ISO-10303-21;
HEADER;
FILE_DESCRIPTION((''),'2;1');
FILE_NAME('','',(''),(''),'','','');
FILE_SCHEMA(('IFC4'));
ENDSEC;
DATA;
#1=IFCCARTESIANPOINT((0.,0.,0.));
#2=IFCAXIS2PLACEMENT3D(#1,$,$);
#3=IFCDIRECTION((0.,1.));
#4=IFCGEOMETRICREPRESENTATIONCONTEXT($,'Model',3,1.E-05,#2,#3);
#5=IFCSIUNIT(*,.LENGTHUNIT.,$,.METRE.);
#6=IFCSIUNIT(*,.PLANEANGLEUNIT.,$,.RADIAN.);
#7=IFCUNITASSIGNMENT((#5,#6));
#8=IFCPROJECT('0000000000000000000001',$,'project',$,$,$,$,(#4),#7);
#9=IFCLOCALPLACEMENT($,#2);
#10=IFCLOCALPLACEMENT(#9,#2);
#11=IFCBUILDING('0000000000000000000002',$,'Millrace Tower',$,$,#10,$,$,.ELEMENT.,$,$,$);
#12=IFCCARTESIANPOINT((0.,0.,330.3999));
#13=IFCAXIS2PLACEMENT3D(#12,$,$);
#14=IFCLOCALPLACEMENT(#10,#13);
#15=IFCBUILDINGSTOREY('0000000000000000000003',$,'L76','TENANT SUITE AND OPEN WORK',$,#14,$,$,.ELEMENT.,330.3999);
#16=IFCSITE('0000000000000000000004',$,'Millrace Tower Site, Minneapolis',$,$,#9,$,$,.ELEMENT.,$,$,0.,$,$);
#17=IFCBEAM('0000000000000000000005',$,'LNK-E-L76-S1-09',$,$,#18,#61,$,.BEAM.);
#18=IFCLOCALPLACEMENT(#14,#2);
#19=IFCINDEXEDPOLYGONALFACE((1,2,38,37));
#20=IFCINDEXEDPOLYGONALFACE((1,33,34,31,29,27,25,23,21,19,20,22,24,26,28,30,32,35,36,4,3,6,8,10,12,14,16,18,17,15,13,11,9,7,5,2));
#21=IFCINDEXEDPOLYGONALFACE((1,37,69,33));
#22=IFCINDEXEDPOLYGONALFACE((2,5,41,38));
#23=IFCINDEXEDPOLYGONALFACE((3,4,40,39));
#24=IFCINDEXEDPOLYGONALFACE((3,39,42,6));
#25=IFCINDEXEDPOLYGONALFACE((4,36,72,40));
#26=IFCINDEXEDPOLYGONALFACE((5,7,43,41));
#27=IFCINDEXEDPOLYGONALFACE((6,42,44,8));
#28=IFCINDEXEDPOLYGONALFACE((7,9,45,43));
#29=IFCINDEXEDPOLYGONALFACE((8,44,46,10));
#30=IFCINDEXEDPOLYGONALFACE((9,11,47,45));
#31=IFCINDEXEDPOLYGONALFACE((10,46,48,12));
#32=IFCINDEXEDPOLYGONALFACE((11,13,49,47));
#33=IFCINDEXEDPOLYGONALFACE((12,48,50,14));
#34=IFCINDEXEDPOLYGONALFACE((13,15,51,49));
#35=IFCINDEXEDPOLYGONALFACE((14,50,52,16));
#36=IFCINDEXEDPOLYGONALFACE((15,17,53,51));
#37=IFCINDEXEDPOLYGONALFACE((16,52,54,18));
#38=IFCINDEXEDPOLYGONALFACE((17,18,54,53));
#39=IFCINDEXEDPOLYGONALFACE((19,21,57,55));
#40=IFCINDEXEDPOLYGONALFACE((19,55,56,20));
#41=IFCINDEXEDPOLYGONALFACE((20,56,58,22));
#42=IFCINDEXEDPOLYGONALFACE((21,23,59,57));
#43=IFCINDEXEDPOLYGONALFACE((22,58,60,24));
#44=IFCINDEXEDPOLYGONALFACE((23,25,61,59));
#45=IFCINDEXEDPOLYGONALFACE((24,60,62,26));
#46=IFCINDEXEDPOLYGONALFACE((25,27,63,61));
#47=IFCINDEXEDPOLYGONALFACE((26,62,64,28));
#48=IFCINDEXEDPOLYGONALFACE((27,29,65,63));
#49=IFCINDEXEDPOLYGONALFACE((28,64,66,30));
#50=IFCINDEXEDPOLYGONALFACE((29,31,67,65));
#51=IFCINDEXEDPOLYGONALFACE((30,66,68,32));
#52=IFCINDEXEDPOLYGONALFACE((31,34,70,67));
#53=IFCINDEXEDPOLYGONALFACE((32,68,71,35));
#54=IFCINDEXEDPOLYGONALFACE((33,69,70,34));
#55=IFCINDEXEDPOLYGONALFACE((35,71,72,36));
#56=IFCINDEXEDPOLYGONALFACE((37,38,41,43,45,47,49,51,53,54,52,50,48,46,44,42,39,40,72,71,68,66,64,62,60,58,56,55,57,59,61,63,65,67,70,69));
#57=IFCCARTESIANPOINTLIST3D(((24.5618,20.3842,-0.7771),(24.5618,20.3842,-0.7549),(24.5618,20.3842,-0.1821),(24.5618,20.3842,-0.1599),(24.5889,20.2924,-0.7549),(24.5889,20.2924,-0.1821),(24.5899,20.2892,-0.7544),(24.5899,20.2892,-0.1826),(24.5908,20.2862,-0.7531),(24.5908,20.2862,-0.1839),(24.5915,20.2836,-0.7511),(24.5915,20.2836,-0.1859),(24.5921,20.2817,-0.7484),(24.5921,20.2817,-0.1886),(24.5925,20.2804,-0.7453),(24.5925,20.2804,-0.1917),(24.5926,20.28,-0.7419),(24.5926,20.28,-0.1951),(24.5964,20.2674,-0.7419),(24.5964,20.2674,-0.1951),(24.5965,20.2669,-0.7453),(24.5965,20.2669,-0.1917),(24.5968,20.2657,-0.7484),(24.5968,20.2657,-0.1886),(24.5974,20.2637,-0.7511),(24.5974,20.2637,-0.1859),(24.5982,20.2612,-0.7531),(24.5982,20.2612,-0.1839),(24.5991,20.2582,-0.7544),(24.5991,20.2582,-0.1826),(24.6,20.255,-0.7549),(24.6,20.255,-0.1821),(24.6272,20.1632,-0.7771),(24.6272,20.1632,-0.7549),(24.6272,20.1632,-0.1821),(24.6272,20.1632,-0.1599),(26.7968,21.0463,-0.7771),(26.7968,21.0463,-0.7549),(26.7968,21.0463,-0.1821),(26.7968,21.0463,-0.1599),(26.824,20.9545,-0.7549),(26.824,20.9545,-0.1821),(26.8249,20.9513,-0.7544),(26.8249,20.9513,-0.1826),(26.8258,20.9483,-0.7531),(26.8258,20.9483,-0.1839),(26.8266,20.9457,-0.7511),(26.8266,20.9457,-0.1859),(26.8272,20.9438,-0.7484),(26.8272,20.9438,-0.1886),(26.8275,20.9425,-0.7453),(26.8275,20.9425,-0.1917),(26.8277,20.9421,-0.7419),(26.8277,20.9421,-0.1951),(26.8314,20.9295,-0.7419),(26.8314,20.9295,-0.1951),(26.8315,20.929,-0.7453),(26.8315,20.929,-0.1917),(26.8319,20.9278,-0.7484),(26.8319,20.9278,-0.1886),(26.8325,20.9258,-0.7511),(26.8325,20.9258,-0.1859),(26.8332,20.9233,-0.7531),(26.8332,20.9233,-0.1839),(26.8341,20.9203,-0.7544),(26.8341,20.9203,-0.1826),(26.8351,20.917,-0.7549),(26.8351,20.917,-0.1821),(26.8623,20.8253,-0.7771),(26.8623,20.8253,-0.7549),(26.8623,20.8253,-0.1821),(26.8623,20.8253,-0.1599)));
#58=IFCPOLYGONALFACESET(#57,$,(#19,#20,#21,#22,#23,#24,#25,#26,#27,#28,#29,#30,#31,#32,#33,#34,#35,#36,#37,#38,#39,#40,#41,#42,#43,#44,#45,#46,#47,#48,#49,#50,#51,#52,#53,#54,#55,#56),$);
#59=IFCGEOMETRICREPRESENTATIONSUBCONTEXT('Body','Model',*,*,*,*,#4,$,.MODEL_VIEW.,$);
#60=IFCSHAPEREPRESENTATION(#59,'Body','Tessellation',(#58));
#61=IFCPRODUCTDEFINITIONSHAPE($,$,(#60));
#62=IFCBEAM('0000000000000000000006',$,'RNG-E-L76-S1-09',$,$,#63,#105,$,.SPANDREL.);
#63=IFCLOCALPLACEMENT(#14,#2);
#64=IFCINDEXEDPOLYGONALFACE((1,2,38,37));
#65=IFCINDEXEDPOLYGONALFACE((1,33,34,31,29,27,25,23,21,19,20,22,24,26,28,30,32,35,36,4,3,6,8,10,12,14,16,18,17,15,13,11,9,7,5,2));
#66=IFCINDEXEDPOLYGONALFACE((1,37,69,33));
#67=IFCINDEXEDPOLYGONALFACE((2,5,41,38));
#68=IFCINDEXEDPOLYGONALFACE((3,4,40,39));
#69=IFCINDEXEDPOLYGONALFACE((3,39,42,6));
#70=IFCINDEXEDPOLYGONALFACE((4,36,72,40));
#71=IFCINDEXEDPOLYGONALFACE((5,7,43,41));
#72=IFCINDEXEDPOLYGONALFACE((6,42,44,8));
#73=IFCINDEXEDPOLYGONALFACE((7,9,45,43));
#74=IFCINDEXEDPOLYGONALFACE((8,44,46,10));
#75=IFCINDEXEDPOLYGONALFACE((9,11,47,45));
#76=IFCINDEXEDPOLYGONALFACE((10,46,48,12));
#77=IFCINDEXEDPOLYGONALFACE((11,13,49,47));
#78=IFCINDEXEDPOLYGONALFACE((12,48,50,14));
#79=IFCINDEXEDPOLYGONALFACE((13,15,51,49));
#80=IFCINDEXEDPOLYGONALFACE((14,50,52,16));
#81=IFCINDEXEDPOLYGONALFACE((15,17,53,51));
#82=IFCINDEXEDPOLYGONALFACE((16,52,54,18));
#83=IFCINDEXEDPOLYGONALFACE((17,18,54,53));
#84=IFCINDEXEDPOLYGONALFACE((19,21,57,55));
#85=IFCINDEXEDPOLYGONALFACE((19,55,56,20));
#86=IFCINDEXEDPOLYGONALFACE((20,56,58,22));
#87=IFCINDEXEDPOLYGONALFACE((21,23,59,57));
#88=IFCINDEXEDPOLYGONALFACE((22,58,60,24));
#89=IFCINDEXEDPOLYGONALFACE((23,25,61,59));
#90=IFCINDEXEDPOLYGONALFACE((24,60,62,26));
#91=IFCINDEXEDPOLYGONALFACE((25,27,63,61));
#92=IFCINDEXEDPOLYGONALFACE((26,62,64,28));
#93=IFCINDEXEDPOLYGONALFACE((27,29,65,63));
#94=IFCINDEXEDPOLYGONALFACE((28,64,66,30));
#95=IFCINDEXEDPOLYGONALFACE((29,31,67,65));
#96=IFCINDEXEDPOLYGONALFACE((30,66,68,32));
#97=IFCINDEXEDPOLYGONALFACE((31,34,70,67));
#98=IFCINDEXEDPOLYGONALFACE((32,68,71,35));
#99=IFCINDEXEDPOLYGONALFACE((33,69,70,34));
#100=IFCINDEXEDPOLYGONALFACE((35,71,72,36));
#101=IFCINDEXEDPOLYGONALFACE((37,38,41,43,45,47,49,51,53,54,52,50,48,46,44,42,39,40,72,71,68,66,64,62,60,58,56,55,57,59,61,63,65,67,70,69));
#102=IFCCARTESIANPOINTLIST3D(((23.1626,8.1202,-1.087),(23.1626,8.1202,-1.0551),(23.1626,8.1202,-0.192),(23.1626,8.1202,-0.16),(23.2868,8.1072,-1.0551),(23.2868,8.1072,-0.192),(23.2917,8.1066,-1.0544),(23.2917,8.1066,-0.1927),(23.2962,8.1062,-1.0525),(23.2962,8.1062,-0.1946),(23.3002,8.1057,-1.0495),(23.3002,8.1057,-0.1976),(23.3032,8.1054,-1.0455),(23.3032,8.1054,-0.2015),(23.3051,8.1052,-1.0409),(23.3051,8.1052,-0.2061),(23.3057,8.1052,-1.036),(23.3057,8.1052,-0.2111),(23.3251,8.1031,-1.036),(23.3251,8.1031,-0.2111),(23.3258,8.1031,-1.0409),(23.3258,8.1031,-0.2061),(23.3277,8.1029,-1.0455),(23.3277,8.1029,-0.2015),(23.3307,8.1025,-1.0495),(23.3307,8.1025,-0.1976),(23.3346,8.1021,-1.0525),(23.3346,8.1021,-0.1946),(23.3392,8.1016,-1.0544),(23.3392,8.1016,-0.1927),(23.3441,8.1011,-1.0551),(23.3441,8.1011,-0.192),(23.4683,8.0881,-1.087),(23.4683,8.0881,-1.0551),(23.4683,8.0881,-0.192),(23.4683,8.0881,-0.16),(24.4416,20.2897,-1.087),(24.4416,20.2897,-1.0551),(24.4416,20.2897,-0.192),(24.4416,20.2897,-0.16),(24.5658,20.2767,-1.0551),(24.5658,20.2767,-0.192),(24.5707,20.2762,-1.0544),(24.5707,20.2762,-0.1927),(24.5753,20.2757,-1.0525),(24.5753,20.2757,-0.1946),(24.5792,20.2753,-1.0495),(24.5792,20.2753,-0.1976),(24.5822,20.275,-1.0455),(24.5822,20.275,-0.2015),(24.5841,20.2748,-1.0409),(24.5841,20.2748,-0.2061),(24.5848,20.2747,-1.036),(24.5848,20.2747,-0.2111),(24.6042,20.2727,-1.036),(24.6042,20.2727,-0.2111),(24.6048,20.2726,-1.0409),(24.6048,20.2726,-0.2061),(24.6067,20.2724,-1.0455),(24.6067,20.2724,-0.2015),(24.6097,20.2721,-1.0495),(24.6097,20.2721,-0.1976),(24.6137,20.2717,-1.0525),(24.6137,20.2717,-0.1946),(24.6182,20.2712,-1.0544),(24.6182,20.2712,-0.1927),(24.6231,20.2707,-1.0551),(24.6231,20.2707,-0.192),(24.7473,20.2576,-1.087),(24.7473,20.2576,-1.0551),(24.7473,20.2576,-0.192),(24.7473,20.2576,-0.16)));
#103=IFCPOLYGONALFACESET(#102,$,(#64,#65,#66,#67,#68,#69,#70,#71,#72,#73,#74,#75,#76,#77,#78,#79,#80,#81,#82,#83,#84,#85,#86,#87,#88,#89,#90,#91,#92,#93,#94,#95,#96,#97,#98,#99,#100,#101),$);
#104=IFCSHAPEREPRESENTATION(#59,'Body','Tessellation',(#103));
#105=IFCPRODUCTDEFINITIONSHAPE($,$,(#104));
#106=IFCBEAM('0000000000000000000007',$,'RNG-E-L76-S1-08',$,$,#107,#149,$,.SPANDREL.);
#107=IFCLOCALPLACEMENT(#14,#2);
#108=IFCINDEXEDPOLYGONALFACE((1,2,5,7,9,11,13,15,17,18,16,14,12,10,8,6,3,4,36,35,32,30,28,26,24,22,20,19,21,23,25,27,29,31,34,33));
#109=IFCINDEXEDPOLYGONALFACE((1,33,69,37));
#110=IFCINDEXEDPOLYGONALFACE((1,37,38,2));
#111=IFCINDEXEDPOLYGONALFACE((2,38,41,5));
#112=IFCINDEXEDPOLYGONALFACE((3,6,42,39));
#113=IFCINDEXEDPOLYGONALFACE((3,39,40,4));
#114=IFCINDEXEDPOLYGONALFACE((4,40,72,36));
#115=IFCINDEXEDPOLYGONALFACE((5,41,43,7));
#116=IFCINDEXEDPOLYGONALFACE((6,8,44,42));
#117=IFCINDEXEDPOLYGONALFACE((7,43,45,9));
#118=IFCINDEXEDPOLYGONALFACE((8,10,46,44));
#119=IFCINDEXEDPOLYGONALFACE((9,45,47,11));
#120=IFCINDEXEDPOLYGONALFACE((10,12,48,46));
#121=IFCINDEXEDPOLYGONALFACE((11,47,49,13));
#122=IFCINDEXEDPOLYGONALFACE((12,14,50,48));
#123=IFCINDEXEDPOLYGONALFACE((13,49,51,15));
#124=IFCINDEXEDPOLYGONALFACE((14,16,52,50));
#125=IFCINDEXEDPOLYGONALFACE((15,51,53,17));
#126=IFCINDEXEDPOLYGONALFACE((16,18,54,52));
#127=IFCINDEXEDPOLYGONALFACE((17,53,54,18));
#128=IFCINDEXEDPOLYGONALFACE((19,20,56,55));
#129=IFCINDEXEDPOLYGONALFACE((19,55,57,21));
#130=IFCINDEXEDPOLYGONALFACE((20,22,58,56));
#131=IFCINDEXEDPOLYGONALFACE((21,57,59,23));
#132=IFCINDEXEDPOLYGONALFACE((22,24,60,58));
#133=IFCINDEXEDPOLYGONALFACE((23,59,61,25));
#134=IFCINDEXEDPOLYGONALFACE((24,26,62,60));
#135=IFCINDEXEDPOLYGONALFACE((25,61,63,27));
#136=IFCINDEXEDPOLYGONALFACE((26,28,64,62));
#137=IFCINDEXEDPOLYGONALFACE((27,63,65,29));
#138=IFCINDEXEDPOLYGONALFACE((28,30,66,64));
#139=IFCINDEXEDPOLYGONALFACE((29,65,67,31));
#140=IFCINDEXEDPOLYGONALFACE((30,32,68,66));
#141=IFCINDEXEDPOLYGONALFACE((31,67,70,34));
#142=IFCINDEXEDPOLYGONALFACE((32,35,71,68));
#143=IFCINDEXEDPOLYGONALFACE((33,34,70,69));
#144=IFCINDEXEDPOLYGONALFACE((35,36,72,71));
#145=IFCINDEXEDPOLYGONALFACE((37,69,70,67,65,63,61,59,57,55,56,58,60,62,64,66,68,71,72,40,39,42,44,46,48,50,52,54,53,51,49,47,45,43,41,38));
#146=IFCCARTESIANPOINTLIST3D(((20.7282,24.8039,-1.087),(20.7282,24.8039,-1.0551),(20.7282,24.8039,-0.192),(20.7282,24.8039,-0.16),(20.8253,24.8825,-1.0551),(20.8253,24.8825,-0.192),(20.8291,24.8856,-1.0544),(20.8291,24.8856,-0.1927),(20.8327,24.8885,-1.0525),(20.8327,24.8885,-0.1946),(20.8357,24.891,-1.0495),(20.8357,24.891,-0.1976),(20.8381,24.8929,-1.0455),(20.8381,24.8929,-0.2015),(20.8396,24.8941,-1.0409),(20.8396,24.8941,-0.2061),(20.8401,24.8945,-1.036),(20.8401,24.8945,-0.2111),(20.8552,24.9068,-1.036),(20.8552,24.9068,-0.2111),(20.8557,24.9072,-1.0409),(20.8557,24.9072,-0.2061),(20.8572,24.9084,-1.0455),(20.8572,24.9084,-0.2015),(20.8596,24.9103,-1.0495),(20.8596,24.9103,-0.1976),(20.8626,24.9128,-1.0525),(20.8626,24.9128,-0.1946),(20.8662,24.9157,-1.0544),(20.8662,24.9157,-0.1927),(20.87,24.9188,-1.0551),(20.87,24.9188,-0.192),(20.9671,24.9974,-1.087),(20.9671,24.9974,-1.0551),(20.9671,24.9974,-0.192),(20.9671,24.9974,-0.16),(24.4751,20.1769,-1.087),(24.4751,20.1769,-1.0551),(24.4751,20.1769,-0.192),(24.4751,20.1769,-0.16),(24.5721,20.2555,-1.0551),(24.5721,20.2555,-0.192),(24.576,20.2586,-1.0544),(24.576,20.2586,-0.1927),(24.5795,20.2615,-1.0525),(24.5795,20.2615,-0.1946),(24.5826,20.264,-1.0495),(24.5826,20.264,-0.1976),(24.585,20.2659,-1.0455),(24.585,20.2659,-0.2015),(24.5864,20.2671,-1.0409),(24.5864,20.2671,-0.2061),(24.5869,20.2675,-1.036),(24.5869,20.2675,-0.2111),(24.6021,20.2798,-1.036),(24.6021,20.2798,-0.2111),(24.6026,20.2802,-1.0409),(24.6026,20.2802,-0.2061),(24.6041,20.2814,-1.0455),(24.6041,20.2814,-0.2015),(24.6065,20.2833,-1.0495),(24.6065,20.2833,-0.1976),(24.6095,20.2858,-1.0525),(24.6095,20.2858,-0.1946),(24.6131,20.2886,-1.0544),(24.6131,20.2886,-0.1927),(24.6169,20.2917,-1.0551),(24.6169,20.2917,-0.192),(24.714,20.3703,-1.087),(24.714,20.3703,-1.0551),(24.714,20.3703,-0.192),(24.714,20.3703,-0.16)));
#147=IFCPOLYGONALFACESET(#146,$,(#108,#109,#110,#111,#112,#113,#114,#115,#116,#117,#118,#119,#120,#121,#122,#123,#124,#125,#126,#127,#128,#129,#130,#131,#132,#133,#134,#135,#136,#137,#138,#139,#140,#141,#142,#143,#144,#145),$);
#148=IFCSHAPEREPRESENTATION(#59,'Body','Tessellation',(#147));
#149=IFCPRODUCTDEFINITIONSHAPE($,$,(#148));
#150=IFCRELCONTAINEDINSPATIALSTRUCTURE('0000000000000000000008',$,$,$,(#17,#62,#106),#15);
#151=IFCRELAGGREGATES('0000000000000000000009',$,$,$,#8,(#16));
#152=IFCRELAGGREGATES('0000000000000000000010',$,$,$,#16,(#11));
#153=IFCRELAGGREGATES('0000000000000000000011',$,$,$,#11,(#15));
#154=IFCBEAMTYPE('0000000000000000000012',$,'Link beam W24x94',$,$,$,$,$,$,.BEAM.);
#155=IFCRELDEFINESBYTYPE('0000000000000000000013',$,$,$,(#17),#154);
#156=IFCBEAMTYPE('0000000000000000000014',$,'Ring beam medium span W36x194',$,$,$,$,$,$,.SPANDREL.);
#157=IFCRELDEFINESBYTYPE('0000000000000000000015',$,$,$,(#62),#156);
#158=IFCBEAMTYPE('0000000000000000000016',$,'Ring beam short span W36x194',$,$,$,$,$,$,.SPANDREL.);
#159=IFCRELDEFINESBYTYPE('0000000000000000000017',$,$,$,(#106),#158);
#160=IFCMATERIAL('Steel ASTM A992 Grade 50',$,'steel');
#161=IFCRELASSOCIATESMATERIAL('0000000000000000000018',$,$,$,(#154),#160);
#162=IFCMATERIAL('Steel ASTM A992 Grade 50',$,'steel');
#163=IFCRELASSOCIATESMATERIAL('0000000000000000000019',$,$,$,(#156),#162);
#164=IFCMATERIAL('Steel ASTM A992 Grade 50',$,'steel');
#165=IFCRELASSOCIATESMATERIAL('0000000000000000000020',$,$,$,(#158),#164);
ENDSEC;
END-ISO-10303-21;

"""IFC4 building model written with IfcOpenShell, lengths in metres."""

from ifc_helpers import new_model, si_unit, direction, frame, origin, origin_2d, place, context, subcontext, project, spatial, i_section, extrude, material, material_profile, profile_set, type_object, element, save


model = new_model("IFC4")

# Units and contexts
model_context = context("Model", 3, precision=1e-05, world=origin(), true_north=direction((0.0, 1.0)))
body_context = subcontext(model_context, "Body", "Model", "MODEL_VIEW")
ifc_project = project(units=[si_unit("LENGTHUNIT", "METRE"), si_unit("PLANEANGLEUNIT", "RADIAN")], contexts=[model_context])

# Site, building, storey
site_placement = place(None, origin())
site = spatial("IfcSite", under=ifc_project, at=site_placement, Name="Millrace Tower Site, Minneapolis", CompositionType="ELEMENT", RefElevation=0.0)
building_placement = place(site_placement, origin())
building = spatial("IfcBuilding", under=site, at=building_placement, Name="Millrace Tower", CompositionType="ELEMENT")
storey_placement = place(building_placement, frame((0.0, 0.0, 330.3999)))
storey = spatial("IfcBuildingStorey", under=building, at=storey_placement, Name="L76", Description="TENANT SUITE AND OPEN WORK", CompositionType="ELEMENT", Elevation=330.3999)

# Beams
ifc_material_1 = material(Name="Steel ASTM A992 Grade 50", Category="steel")
ifc_material_profile_1 = material_profile(ifc_material_1, i_section(OverallWidth=0.2305, OverallDepth=0.6172, WebThickness=0.0132, FlangeThickness=0.0222, FilletRadius=0.0129, at=origin_2d()))
ifc_profile_set_1 = profile_set([ifc_material_profile_1], Name="Steel ASTM A992 Grade 50")
beam_type_1 = type_object("IfcBeamType", Name="Link beam W24x94", PredefinedType="BEAM", material=ifc_profile_set_1)
for number, where, z_axis, x_axis, name in (
    (1, (24.5945, 20.2737, -0.4685), (0.958815, 0.284031, 0.0), (-0.284031, 0.958815, 0.0), "LNK-E-L76-S1-09"),
):
    element("IfcBeam", number, at=place(storey_placement, frame(where, z_axis=z_axis, x_axis=x_axis)), inside=storey, type_object=beam_type_1, Name=name, PredefinedType="BEAM", context=body_context, shape_type="SweptSolid", body=[
        extrude(i_section(OverallWidth=0.2305, OverallDepth=0.6172, WebThickness=0.0132, FlangeThickness=0.0222, FilletRadius=0.0129, at=origin_2d()), origin(), (0.0, 0.0, 1.0), 2.3311),
    ])
ifc_material_2 = material(Name="Steel ASTM A992 Grade 50", Category="steel")
ifc_material_profile_2 = material_profile(ifc_material_2, i_section(OverallWidth=0.3074, OverallDepth=0.927, WebThickness=0.0195, FlangeThickness=0.032, FilletRadius=0.019, at=origin_2d()))
ifc_profile_set_2 = profile_set([ifc_material_profile_2], Name="Steel ASTM A992 Grade 50")
beam_type_2 = type_object("IfcBeamType", Name="Ring beam medium span W36x194", PredefinedType="SPANDREL", material=ifc_profile_set_2)
beam_1_placement = place(storey_placement, frame((24.5945, 20.2737, -0.6235), z_axis=(-0.104528, -0.994522, 0.0), x_axis=(0.994522, -0.104528, 0.0)))
element("IfcBeam", 2, at=beam_1_placement, inside=storey, type_object=beam_type_2, Name="RNG-E-L76-S1-09", PredefinedType="SPANDREL", context=body_context, shape_type="SweptSolid", body=[
    extrude(i_section(OverallWidth=0.3074, OverallDepth=0.927, WebThickness=0.0195, FlangeThickness=0.032, FilletRadius=0.019, at=origin_2d()), origin(), (0.0, 0.0, 1.0), 12.2366),
])
ifc_material_3 = material(Name="Steel ASTM A992 Grade 50", Category="steel")
ifc_material_profile_3 = material_profile(ifc_material_3, i_section(OverallWidth=0.3074, OverallDepth=0.927, WebThickness=0.0195, FlangeThickness=0.032, FilletRadius=0.019, at=origin_2d()))
ifc_profile_set_3 = profile_set([ifc_material_profile_3], Name="Steel ASTM A992 Grade 50")
beam_type_3 = type_object("IfcBeamType", Name="Ring beam short span W36x194", PredefinedType="SPANDREL", material=ifc_profile_set_3)
beam_2_placement = place(storey_placement, frame((20.8477, 24.9006, -0.6235), z_axis=(0.62932, -0.777147, 0.0), x_axis=(0.777147, 0.62932, 0.0)))
element("IfcBeam", 3, at=beam_2_placement, inside=storey, type_object=beam_type_3, Name="RNG-E-L76-S1-08", PredefinedType="SPANDREL", context=body_context, shape_type="SweptSolid", body=[
    extrude(i_section(OverallWidth=0.3074, OverallDepth=0.927, WebThickness=0.0195, FlangeThickness=0.032, FilletRadius=0.019, at=origin_2d()), origin(), (0.0, 0.0, 1.0), 5.9539),
])

save(model, "model.ifc")
